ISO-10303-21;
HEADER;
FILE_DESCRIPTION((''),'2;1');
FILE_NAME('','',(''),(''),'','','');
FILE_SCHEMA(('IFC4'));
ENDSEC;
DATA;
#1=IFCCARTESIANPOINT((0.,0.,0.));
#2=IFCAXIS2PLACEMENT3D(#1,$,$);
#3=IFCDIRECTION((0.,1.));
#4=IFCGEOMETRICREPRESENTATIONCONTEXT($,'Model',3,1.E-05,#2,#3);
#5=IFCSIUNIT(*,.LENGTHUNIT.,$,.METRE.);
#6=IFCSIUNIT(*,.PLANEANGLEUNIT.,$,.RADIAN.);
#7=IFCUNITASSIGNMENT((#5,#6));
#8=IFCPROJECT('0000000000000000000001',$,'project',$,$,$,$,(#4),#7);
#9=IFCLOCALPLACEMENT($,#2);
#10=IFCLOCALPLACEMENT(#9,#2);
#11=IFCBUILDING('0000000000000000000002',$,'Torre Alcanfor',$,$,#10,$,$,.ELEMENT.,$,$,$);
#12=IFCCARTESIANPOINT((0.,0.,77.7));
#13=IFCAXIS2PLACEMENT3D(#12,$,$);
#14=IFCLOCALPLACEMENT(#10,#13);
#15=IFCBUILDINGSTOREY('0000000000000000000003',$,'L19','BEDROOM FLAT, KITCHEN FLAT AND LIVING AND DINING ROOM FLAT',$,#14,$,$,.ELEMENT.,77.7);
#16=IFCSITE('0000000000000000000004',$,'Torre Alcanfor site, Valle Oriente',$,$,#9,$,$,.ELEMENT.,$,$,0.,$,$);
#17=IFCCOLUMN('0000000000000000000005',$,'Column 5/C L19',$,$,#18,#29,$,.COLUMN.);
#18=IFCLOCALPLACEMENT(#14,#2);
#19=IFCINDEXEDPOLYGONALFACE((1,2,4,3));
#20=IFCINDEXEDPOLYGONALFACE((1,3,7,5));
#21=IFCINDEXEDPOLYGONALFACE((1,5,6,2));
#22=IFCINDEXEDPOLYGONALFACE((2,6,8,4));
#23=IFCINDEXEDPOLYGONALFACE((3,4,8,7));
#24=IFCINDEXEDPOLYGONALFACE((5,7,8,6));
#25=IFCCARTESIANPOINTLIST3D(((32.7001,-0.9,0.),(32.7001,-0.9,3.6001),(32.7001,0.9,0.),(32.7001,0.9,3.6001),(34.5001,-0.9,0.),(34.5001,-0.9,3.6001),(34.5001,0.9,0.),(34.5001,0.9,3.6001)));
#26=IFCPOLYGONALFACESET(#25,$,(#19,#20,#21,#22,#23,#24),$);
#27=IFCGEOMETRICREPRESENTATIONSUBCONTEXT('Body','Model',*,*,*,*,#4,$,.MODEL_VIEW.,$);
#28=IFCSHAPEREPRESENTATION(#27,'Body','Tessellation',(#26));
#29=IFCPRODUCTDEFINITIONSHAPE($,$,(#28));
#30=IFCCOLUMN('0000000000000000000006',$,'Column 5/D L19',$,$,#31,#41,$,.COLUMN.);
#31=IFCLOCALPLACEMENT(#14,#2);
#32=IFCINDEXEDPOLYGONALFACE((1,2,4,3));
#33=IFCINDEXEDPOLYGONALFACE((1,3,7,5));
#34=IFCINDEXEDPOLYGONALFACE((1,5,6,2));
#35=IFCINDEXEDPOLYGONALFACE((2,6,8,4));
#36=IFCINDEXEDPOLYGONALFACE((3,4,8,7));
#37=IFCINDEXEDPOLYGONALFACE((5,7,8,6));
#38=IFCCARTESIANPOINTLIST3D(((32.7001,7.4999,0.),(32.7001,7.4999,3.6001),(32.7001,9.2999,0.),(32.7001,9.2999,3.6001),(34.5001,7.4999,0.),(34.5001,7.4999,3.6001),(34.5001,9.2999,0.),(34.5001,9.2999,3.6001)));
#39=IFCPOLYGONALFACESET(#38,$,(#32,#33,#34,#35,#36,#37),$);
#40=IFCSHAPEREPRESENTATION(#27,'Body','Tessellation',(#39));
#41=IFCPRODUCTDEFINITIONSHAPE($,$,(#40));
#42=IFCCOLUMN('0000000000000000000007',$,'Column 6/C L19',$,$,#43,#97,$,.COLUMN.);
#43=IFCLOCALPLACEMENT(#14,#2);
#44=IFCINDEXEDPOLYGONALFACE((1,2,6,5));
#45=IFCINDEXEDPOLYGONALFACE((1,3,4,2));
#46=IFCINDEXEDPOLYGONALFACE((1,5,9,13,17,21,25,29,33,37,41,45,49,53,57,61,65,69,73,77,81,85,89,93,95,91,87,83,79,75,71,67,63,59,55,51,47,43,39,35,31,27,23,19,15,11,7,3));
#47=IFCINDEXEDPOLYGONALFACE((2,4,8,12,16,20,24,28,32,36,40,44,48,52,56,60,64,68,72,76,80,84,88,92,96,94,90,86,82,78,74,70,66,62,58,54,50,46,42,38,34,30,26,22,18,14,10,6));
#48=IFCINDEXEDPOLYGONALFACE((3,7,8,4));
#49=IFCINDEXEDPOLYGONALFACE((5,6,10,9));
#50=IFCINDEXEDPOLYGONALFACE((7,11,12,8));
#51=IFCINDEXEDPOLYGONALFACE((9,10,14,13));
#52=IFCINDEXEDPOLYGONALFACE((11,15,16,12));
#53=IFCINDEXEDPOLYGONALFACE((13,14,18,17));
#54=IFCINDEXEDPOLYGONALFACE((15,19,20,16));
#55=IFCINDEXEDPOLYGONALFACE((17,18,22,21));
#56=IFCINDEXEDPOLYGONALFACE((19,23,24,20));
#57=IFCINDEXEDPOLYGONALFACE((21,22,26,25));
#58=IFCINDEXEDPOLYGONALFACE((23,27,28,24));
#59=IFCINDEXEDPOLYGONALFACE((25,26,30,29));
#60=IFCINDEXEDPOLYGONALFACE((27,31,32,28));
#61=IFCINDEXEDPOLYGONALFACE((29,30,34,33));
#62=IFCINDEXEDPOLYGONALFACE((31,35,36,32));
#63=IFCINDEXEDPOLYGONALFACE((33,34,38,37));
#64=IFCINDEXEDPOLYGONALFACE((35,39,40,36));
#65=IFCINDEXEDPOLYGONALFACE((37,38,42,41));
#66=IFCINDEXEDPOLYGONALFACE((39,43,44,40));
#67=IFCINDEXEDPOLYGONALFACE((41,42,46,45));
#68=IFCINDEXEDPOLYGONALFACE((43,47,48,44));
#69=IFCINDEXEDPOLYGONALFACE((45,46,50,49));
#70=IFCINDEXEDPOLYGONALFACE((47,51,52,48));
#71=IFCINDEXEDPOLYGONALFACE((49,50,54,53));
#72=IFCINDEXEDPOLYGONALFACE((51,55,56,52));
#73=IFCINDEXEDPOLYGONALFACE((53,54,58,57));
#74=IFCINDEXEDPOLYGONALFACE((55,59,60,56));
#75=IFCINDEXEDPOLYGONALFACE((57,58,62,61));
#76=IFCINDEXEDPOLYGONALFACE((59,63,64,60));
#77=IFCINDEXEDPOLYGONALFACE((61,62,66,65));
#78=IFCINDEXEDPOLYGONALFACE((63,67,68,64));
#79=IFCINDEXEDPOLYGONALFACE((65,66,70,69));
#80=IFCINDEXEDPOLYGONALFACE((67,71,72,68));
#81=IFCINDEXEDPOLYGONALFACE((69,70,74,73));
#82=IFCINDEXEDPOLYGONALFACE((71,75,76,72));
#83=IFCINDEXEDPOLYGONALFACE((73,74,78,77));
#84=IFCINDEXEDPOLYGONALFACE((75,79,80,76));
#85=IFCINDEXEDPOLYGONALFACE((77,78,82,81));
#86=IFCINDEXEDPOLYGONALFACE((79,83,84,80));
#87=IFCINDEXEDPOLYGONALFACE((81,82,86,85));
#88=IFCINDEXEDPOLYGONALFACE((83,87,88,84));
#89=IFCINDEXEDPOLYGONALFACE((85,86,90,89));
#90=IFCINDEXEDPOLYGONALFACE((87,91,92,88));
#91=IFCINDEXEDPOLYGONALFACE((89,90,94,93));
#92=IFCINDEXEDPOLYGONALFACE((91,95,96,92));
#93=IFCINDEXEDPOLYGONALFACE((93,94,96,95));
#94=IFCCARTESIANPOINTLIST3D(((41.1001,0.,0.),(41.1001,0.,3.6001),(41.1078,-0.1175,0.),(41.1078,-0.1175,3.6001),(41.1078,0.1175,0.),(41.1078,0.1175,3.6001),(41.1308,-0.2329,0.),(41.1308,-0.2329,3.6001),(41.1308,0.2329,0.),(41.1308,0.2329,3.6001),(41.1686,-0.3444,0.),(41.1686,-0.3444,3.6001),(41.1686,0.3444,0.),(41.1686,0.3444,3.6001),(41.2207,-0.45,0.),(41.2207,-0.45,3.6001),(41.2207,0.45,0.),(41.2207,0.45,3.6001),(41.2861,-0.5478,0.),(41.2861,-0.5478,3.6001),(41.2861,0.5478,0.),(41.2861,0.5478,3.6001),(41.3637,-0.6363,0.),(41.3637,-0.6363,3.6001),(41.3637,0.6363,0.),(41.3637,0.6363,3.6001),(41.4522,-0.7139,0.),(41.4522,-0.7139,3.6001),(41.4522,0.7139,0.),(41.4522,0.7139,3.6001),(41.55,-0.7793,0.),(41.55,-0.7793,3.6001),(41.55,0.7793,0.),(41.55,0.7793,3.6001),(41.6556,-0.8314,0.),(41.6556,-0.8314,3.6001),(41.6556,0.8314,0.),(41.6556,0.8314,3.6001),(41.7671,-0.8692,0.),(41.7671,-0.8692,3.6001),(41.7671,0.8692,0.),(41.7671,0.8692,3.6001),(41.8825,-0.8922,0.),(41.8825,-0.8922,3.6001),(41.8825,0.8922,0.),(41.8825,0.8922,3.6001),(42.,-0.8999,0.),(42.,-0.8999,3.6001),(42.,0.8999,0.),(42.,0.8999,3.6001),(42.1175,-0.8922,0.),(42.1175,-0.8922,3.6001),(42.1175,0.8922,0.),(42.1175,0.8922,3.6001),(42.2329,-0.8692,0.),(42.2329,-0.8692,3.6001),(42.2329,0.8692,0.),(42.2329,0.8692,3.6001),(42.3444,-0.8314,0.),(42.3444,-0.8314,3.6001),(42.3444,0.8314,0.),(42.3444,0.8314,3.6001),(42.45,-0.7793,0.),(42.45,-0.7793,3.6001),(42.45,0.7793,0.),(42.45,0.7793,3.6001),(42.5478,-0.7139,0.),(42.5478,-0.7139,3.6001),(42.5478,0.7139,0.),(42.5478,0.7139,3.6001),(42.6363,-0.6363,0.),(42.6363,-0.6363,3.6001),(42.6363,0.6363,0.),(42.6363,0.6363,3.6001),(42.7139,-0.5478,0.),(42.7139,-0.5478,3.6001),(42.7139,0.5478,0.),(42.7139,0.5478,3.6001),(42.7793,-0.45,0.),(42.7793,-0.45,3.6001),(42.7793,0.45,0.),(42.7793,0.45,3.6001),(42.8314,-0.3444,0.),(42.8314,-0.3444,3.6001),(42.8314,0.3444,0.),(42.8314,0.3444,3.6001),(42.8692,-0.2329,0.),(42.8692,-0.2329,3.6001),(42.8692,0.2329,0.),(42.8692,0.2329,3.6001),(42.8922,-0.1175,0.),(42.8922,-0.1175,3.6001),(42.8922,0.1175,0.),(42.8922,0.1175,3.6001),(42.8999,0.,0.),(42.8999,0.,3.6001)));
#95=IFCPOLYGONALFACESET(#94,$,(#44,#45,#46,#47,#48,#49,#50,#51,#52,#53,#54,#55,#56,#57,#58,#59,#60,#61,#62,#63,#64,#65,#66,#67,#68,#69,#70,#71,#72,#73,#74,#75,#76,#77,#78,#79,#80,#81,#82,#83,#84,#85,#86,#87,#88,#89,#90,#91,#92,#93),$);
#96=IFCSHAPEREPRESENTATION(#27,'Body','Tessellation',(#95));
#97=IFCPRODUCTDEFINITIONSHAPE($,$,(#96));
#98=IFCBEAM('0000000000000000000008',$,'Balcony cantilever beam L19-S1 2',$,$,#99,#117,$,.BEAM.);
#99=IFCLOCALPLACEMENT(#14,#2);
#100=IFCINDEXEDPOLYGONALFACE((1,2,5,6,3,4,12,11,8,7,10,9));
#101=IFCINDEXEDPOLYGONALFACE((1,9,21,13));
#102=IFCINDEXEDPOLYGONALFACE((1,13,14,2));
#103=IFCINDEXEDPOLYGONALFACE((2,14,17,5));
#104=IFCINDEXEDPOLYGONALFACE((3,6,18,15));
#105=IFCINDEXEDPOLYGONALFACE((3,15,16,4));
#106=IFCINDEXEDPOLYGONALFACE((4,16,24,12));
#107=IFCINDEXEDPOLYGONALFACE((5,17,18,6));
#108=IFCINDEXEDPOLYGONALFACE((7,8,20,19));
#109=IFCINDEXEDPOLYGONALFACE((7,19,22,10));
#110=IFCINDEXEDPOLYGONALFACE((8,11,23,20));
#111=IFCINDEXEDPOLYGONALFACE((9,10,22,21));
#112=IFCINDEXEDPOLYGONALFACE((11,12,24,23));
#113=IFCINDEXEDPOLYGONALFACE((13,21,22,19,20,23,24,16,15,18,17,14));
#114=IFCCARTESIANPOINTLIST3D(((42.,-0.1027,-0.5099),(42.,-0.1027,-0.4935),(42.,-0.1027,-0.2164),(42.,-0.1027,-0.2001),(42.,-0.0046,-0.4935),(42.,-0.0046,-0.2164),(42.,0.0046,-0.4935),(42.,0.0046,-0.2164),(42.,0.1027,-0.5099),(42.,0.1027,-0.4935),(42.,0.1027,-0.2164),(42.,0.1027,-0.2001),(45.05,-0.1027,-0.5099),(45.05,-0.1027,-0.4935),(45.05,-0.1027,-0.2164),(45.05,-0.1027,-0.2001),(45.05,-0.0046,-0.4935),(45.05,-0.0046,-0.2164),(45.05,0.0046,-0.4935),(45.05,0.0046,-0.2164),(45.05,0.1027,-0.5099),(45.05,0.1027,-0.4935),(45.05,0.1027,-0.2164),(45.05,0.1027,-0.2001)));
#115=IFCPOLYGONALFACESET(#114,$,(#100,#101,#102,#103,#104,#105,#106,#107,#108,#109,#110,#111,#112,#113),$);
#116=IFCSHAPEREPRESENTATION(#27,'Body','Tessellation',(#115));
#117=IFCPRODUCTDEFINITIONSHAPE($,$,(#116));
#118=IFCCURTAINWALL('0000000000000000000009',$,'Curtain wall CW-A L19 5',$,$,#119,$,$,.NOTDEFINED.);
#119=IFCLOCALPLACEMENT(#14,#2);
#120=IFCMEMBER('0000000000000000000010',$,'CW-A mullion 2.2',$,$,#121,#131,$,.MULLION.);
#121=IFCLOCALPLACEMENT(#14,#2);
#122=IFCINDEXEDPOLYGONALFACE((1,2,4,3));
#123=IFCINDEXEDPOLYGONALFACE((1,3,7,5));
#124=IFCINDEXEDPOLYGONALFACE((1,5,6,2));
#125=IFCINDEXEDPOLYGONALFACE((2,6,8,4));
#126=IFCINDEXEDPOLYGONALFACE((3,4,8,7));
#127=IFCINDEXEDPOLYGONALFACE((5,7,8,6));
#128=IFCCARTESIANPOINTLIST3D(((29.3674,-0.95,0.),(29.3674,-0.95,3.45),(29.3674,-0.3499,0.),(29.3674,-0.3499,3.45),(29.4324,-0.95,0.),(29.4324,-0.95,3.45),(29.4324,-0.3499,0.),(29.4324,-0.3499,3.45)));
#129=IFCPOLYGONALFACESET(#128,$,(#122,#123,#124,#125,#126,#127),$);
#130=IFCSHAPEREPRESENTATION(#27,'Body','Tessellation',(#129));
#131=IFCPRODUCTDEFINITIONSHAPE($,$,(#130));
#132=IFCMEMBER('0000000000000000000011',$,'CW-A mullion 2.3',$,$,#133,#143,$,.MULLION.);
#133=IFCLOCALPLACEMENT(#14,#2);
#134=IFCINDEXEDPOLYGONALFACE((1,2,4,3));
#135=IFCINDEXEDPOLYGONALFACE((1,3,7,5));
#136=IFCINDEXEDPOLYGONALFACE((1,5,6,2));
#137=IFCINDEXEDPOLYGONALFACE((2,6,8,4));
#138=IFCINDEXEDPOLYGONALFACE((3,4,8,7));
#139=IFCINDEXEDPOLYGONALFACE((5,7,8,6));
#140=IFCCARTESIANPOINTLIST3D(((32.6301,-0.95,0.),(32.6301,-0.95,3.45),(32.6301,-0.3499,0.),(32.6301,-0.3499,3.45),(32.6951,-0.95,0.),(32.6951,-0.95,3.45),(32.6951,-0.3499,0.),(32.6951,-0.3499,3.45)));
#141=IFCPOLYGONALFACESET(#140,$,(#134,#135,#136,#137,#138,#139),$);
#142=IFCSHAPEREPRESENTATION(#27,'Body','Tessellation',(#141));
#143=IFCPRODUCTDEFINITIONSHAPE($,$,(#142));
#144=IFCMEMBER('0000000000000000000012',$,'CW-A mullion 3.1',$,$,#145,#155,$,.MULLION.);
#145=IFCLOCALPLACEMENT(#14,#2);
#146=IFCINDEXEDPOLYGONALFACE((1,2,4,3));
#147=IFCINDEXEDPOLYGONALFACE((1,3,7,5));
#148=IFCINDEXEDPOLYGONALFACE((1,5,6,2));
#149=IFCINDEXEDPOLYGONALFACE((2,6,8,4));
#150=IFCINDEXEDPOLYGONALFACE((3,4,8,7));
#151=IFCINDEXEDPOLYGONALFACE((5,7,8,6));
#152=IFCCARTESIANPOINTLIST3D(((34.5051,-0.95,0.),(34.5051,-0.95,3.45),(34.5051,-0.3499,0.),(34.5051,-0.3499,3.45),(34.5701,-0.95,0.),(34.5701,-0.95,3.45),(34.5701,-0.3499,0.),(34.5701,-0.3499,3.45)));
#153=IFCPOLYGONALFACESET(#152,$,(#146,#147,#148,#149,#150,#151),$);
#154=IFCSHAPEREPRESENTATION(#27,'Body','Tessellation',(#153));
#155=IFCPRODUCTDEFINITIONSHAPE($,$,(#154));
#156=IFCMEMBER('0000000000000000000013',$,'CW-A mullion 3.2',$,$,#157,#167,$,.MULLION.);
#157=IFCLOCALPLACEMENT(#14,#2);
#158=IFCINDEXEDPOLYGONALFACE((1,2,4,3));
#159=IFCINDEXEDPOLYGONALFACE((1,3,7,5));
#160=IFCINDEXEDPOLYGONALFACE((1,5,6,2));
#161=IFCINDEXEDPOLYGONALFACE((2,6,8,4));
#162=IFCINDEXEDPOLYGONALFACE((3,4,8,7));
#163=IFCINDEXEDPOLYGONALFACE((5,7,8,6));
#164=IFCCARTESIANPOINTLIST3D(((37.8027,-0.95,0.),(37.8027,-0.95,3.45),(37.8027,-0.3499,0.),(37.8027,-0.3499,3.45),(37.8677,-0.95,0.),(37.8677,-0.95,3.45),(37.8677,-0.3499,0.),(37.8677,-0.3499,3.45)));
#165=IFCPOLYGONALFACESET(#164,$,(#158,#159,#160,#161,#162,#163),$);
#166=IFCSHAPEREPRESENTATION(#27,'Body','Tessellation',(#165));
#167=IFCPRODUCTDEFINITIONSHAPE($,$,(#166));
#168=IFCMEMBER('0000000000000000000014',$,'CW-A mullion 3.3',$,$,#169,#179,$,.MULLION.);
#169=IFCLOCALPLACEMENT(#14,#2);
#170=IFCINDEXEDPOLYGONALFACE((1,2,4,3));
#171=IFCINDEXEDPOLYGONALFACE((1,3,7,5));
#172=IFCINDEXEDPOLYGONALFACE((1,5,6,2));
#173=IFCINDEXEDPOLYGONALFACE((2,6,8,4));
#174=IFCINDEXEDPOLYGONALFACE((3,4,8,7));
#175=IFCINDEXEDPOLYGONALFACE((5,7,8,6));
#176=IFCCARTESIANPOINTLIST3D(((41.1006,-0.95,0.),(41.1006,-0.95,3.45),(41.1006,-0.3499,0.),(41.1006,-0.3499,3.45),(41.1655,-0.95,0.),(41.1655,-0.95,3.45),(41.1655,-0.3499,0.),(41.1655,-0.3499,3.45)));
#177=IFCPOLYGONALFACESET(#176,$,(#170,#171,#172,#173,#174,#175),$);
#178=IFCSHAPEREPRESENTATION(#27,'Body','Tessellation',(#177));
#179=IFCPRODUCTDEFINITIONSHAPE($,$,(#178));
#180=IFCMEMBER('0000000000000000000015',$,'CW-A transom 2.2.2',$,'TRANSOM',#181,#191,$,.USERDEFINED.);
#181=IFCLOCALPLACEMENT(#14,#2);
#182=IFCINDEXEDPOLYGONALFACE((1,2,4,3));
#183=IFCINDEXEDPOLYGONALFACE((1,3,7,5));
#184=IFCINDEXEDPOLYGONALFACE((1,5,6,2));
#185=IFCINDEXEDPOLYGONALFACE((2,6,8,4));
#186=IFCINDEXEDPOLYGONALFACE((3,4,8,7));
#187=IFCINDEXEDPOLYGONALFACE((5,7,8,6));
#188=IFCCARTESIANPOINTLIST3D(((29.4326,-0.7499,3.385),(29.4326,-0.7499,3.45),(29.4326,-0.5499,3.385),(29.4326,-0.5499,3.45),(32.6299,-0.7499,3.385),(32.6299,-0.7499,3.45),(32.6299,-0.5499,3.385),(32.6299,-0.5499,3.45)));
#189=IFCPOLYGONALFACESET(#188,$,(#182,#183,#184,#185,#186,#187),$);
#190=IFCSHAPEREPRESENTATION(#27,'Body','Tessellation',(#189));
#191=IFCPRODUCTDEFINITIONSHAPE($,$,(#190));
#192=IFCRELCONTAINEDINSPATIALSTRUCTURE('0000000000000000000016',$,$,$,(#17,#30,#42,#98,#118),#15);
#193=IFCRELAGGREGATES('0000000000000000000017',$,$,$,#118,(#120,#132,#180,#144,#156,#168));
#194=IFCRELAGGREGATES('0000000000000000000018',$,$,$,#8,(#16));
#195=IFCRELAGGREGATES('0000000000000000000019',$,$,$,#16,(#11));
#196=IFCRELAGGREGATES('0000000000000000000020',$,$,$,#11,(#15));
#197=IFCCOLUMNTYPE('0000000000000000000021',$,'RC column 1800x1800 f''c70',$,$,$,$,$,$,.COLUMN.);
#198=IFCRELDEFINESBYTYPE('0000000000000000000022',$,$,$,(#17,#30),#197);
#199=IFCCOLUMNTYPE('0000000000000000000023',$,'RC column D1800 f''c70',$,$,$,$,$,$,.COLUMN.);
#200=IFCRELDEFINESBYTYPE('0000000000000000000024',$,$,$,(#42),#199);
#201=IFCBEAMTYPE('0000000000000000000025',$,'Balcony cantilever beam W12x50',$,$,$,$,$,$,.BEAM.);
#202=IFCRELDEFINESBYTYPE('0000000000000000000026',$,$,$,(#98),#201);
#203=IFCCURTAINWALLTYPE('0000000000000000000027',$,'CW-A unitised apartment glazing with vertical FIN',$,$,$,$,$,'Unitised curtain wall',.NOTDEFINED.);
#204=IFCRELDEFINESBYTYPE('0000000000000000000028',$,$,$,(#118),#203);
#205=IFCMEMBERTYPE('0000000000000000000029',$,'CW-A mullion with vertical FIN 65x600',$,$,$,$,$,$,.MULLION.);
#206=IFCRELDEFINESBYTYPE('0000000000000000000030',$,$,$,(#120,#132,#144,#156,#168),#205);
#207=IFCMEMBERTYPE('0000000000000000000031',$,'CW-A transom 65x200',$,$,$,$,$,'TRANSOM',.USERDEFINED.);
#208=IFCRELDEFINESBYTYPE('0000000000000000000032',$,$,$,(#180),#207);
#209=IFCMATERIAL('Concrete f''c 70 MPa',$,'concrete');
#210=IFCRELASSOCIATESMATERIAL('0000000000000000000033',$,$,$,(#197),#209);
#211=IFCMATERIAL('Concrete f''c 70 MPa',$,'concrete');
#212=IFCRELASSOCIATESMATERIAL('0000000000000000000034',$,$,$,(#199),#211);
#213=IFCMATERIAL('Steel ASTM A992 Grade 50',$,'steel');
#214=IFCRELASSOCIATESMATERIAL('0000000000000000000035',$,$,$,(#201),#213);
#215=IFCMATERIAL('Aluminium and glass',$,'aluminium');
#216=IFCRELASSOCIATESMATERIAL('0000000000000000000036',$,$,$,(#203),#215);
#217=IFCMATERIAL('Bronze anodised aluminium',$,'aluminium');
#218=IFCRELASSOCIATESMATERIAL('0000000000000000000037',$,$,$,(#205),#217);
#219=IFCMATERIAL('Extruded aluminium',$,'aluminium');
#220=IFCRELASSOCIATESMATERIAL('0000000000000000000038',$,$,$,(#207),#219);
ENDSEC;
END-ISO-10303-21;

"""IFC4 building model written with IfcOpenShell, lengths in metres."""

from ifc_helpers import new_model, si_unit, direction, frame, origin, origin_2d, place, context, subcontext, project, spatial, rectangle, circle, i_section, extrude, material, material_profile, profile_set, type_object, element, aggregate, save


model = new_model("IFC4")

# Units and contexts
model_context = context("Model", 3, precision=1e-05, world=origin(), true_north=direction((0.0, 1.0)))
body_context = subcontext(model_context, "Body", "Model", "MODEL_VIEW")
ifc_project = project(units=[si_unit("LENGTHUNIT", "METRE"), si_unit("PLANEANGLEUNIT", "RADIAN")], contexts=[model_context])

# Site, building, storey
site_placement = place(None, origin())
site = spatial("IfcSite", under=ifc_project, at=site_placement, Name="Torre Alcanfor site, Valle Oriente", CompositionType="ELEMENT", RefElevation=0.0)
building_placement = place(site_placement, origin())
building = spatial("IfcBuilding", under=site, at=building_placement, Name="Torre Alcanfor", CompositionType="ELEMENT")
storey_placement = place(building_placement, frame((0.0, 0.0, 77.7)))
storey = spatial("IfcBuildingStorey", under=building, at=storey_placement, Name="L19", Description="BEDROOM FLAT, KITCHEN FLAT AND LIVING AND DINING ROOM FLAT", CompositionType="ELEMENT", Elevation=77.7)

# Columns
ifc_material_1 = material(Name="Concrete f'c 70 MPa", Category="concrete")
ifc_material_profile_1 = material_profile(ifc_material_1, rectangle(XDim=1.8, YDim=1.8, at=origin_2d()), Name="1800x1800")
ifc_profile_set_1 = profile_set([ifc_material_profile_1], Name="Concrete f'c 70 MPa")
column_type_1 = type_object("IfcColumnType", Name="RC column 1800x1800 f'c70", PredefinedType="COLUMN", material=ifc_profile_set_1)
for number, where, z_axis, x_axis, name in (
    (1, (33.6001, 0.0, 0.0), (0.0, 0.0, 1.0), (1.0, 0.0, 0.0), "Column 5/C L19"),
    (2, (33.6001, 8.3999, 0.0), (0.0, 0.0, 1.0), (1.0, 0.0, 0.0), "Column 5/D L19"),
):
    element("IfcColumn", number, at=place(storey_placement, frame(where, z_axis=z_axis, x_axis=x_axis)), inside=storey, type_object=column_type_1, Name=name, PredefinedType="COLUMN", context=body_context, shape_type="SweptSolid", body=[
        extrude(rectangle(XDim=1.8, YDim=1.8, at=origin_2d()), origin(), (0.0, 0.0, 1.0), 3.6001),
    ])
ifc_material_2 = material(Name="Concrete f'c 70 MPa", Category="concrete")
ifc_material_profile_2 = material_profile(ifc_material_2, circle(Radius=0.8999, at=origin_2d()), Name="D1800")
ifc_profile_set_2 = profile_set([ifc_material_profile_2], Name="Concrete f'c 70 MPa")
column_type_2 = type_object("IfcColumnType", Name="RC column D1800 f'c70", PredefinedType="COLUMN", material=ifc_profile_set_2)
column_placement = place(storey_placement, frame((42.0, 0.0, 0.0), z_axis=(0.0, 0.0, 1.0), x_axis=(1.0, 0.0, 0.0)))
element("IfcColumn", 3, at=column_placement, inside=storey, type_object=column_type_2, Name="Column 6/C L19", PredefinedType="COLUMN", context=body_context, shape_type="SweptSolid", body=[
    extrude(circle(Radius=0.8999, at=origin_2d()), origin(), (0.0, 0.0, 1.0), 3.6001),
])

# Beam
ifc_material_3 = material(Name="Steel ASTM A992 Grade 50", Category="steel")
ifc_material_profile_3 = material_profile(ifc_material_3, i_section(OverallWidth=0.2053, OverallDepth=0.3098, WebThickness=0.0093, FlangeThickness=0.0164, at=origin_2d()), Name="W12x50")
ifc_profile_set_3 = profile_set([ifc_material_profile_3], Name="Steel ASTM A992 Grade 50")
beam_type_1 = type_object("IfcBeamType", Name="Balcony cantilever beam W12x50", PredefinedType="BEAM", material=ifc_profile_set_3)
beam_1_placement = place(storey_placement, frame((42.0, 0.0, -0.355), z_axis=(1.0, 0.0, 0.0), x_axis=(0.0, 1.0, 0.0)))
element("IfcBeam", 4, at=beam_1_placement, inside=storey, type_object=beam_type_1, Name="Balcony cantilever beam L19-S1 2", PredefinedType="BEAM", context=body_context, shape_type="SweptSolid", body=[
    extrude(i_section(OverallWidth=0.2053, OverallDepth=0.3098, WebThickness=0.0093, FlangeThickness=0.0164, at=origin_2d()), origin(), (0.0, 0.0, 1.0), 3.05),
])

# Curtain wall, members
ifc_material_4 = material(Name="Aluminium and glass", Category="aluminium")
curtain_wall_type = type_object("IfcCurtainWallType", Name="CW-A unitised apartment glazing with vertical FIN", ElementType="Unitised curtain wall", PredefinedType="NOTDEFINED", material=ifc_material_4)
curtain_wall_placement = place(storey_placement, origin())
curtain_wall = element("IfcCurtainWall", 5, at=curtain_wall_placement, inside=storey, type_object=curtain_wall_type, Name="Curtain wall CW-A L19 5", PredefinedType="NOTDEFINED")
ifc_material_5 = material(Name="Bronze anodised aluminium", Category="aluminium")
ifc_material_profile_4 = material_profile(ifc_material_5, rectangle(XDim=0.6001, YDim=0.0649, at=origin_2d()), Name="CW-A mullion 65x600")
ifc_profile_set_4 = profile_set([ifc_material_profile_4], Name="Bronze anodised aluminium")
member_type_1 = type_object("IfcMemberType", Name="CW-A mullion with vertical FIN 65x600", PredefinedType="MULLION", material=ifc_profile_set_4)
member_1_placement = place(storey_placement, frame((29.3999, -0.6499, 0.0), z_axis=(0.0, 0.0, 1.0), x_axis=(0.0, 1.0, 0.0)))
member_1 = element("IfcMember", 6, at=member_1_placement, type_object=member_type_1, Name="CW-A mullion 2.2", PredefinedType="MULLION", context=body_context, shape_type="SweptSolid", body=[
    extrude(rectangle(XDim=0.6001, YDim=0.0649, at=origin_2d()), origin(), (0.0, 0.0, 1.0), 3.45),
])
member_2_placement = place(storey_placement, frame((32.6626, -0.6499, 0.0), z_axis=(0.0, 0.0, 1.0), x_axis=(0.0, 1.0, 0.0)))
member_2 = element("IfcMember", 7, at=member_2_placement, type_object=member_type_1, Name="CW-A mullion 2.3", PredefinedType="MULLION", context=body_context, shape_type="SweptSolid", body=[
    extrude(rectangle(XDim=0.6001, YDim=0.0649, at=origin_2d()), origin(), (0.0, 0.0, 1.0), 3.45),
])
member_3_placement = place(storey_placement, frame((34.5376, -0.6499, 0.0), z_axis=(0.0, 0.0, 1.0), x_axis=(0.0, 1.0, 0.0)))
member_3 = element("IfcMember", 8, at=member_3_placement, type_object=member_type_1, Name="CW-A mullion 3.1", PredefinedType="MULLION", context=body_context, shape_type="SweptSolid", body=[
    extrude(rectangle(XDim=0.6001, YDim=0.0649, at=origin_2d()), origin(), (0.0, 0.0, 1.0), 3.45),
])
member_4_placement = place(storey_placement, frame((37.8352, -0.6499, 0.0), z_axis=(0.0, 0.0, 1.0), x_axis=(0.0, 1.0, 0.0)))
member_4 = element("IfcMember", 9, at=member_4_placement, type_object=member_type_1, Name="CW-A mullion 3.2", PredefinedType="MULLION", context=body_context, shape_type="SweptSolid", body=[
    extrude(rectangle(XDim=0.6001, YDim=0.0649, at=origin_2d()), origin(), (0.0, 0.0, 1.0), 3.45),
])
member_5_placement = place(storey_placement, frame((41.1331, -0.6499, 0.0), z_axis=(0.0, 0.0, 1.0), x_axis=(0.0, 1.0, 0.0)))
member_5 = element("IfcMember", 10, at=member_5_placement, type_object=member_type_1, Name="CW-A mullion 3.3", PredefinedType="MULLION", context=body_context, shape_type="SweptSolid", body=[
    extrude(rectangle(XDim=0.6001, YDim=0.0649, at=origin_2d()), origin(), (0.0, 0.0, 1.0), 3.45),
])
ifc_material_6 = material(Name="Extruded aluminium", Category="aluminium")
ifc_material_profile_5 = material_profile(ifc_material_6, rectangle(XDim=0.2, YDim=0.0649, at=origin_2d()), Name="CW-A transom 200x65")
ifc_profile_set_5 = profile_set([ifc_material_profile_5], Name="Extruded aluminium")
member_type_2 = type_object("IfcMemberType", Name="CW-A transom 65x200", ElementType="TRANSOM", PredefinedType="USERDEFINED", material=ifc_profile_set_5)
member_6_placement = place(storey_placement, frame((29.4326, -0.6499, 3.4175), z_axis=(1.0, 0.0, 0.0), x_axis=(0.0, 1.0, 0.0)))
member_6 = element("IfcMember", 11, at=member_6_placement, type_object=member_type_2, Name="CW-A transom 2.2.2", ObjectType="TRANSOM", PredefinedType="USERDEFINED", context=body_context, shape_type="SweptSolid", body=[
    extrude(rectangle(XDim=0.2, YDim=0.0649, at=origin_2d()), origin(), (0.0, 0.0, 1.0), 3.1973),
])

aggregate(curtain_wall, [member_1, member_2, member_6, member_3, member_4, member_5])

save(model, "model.ifc")
